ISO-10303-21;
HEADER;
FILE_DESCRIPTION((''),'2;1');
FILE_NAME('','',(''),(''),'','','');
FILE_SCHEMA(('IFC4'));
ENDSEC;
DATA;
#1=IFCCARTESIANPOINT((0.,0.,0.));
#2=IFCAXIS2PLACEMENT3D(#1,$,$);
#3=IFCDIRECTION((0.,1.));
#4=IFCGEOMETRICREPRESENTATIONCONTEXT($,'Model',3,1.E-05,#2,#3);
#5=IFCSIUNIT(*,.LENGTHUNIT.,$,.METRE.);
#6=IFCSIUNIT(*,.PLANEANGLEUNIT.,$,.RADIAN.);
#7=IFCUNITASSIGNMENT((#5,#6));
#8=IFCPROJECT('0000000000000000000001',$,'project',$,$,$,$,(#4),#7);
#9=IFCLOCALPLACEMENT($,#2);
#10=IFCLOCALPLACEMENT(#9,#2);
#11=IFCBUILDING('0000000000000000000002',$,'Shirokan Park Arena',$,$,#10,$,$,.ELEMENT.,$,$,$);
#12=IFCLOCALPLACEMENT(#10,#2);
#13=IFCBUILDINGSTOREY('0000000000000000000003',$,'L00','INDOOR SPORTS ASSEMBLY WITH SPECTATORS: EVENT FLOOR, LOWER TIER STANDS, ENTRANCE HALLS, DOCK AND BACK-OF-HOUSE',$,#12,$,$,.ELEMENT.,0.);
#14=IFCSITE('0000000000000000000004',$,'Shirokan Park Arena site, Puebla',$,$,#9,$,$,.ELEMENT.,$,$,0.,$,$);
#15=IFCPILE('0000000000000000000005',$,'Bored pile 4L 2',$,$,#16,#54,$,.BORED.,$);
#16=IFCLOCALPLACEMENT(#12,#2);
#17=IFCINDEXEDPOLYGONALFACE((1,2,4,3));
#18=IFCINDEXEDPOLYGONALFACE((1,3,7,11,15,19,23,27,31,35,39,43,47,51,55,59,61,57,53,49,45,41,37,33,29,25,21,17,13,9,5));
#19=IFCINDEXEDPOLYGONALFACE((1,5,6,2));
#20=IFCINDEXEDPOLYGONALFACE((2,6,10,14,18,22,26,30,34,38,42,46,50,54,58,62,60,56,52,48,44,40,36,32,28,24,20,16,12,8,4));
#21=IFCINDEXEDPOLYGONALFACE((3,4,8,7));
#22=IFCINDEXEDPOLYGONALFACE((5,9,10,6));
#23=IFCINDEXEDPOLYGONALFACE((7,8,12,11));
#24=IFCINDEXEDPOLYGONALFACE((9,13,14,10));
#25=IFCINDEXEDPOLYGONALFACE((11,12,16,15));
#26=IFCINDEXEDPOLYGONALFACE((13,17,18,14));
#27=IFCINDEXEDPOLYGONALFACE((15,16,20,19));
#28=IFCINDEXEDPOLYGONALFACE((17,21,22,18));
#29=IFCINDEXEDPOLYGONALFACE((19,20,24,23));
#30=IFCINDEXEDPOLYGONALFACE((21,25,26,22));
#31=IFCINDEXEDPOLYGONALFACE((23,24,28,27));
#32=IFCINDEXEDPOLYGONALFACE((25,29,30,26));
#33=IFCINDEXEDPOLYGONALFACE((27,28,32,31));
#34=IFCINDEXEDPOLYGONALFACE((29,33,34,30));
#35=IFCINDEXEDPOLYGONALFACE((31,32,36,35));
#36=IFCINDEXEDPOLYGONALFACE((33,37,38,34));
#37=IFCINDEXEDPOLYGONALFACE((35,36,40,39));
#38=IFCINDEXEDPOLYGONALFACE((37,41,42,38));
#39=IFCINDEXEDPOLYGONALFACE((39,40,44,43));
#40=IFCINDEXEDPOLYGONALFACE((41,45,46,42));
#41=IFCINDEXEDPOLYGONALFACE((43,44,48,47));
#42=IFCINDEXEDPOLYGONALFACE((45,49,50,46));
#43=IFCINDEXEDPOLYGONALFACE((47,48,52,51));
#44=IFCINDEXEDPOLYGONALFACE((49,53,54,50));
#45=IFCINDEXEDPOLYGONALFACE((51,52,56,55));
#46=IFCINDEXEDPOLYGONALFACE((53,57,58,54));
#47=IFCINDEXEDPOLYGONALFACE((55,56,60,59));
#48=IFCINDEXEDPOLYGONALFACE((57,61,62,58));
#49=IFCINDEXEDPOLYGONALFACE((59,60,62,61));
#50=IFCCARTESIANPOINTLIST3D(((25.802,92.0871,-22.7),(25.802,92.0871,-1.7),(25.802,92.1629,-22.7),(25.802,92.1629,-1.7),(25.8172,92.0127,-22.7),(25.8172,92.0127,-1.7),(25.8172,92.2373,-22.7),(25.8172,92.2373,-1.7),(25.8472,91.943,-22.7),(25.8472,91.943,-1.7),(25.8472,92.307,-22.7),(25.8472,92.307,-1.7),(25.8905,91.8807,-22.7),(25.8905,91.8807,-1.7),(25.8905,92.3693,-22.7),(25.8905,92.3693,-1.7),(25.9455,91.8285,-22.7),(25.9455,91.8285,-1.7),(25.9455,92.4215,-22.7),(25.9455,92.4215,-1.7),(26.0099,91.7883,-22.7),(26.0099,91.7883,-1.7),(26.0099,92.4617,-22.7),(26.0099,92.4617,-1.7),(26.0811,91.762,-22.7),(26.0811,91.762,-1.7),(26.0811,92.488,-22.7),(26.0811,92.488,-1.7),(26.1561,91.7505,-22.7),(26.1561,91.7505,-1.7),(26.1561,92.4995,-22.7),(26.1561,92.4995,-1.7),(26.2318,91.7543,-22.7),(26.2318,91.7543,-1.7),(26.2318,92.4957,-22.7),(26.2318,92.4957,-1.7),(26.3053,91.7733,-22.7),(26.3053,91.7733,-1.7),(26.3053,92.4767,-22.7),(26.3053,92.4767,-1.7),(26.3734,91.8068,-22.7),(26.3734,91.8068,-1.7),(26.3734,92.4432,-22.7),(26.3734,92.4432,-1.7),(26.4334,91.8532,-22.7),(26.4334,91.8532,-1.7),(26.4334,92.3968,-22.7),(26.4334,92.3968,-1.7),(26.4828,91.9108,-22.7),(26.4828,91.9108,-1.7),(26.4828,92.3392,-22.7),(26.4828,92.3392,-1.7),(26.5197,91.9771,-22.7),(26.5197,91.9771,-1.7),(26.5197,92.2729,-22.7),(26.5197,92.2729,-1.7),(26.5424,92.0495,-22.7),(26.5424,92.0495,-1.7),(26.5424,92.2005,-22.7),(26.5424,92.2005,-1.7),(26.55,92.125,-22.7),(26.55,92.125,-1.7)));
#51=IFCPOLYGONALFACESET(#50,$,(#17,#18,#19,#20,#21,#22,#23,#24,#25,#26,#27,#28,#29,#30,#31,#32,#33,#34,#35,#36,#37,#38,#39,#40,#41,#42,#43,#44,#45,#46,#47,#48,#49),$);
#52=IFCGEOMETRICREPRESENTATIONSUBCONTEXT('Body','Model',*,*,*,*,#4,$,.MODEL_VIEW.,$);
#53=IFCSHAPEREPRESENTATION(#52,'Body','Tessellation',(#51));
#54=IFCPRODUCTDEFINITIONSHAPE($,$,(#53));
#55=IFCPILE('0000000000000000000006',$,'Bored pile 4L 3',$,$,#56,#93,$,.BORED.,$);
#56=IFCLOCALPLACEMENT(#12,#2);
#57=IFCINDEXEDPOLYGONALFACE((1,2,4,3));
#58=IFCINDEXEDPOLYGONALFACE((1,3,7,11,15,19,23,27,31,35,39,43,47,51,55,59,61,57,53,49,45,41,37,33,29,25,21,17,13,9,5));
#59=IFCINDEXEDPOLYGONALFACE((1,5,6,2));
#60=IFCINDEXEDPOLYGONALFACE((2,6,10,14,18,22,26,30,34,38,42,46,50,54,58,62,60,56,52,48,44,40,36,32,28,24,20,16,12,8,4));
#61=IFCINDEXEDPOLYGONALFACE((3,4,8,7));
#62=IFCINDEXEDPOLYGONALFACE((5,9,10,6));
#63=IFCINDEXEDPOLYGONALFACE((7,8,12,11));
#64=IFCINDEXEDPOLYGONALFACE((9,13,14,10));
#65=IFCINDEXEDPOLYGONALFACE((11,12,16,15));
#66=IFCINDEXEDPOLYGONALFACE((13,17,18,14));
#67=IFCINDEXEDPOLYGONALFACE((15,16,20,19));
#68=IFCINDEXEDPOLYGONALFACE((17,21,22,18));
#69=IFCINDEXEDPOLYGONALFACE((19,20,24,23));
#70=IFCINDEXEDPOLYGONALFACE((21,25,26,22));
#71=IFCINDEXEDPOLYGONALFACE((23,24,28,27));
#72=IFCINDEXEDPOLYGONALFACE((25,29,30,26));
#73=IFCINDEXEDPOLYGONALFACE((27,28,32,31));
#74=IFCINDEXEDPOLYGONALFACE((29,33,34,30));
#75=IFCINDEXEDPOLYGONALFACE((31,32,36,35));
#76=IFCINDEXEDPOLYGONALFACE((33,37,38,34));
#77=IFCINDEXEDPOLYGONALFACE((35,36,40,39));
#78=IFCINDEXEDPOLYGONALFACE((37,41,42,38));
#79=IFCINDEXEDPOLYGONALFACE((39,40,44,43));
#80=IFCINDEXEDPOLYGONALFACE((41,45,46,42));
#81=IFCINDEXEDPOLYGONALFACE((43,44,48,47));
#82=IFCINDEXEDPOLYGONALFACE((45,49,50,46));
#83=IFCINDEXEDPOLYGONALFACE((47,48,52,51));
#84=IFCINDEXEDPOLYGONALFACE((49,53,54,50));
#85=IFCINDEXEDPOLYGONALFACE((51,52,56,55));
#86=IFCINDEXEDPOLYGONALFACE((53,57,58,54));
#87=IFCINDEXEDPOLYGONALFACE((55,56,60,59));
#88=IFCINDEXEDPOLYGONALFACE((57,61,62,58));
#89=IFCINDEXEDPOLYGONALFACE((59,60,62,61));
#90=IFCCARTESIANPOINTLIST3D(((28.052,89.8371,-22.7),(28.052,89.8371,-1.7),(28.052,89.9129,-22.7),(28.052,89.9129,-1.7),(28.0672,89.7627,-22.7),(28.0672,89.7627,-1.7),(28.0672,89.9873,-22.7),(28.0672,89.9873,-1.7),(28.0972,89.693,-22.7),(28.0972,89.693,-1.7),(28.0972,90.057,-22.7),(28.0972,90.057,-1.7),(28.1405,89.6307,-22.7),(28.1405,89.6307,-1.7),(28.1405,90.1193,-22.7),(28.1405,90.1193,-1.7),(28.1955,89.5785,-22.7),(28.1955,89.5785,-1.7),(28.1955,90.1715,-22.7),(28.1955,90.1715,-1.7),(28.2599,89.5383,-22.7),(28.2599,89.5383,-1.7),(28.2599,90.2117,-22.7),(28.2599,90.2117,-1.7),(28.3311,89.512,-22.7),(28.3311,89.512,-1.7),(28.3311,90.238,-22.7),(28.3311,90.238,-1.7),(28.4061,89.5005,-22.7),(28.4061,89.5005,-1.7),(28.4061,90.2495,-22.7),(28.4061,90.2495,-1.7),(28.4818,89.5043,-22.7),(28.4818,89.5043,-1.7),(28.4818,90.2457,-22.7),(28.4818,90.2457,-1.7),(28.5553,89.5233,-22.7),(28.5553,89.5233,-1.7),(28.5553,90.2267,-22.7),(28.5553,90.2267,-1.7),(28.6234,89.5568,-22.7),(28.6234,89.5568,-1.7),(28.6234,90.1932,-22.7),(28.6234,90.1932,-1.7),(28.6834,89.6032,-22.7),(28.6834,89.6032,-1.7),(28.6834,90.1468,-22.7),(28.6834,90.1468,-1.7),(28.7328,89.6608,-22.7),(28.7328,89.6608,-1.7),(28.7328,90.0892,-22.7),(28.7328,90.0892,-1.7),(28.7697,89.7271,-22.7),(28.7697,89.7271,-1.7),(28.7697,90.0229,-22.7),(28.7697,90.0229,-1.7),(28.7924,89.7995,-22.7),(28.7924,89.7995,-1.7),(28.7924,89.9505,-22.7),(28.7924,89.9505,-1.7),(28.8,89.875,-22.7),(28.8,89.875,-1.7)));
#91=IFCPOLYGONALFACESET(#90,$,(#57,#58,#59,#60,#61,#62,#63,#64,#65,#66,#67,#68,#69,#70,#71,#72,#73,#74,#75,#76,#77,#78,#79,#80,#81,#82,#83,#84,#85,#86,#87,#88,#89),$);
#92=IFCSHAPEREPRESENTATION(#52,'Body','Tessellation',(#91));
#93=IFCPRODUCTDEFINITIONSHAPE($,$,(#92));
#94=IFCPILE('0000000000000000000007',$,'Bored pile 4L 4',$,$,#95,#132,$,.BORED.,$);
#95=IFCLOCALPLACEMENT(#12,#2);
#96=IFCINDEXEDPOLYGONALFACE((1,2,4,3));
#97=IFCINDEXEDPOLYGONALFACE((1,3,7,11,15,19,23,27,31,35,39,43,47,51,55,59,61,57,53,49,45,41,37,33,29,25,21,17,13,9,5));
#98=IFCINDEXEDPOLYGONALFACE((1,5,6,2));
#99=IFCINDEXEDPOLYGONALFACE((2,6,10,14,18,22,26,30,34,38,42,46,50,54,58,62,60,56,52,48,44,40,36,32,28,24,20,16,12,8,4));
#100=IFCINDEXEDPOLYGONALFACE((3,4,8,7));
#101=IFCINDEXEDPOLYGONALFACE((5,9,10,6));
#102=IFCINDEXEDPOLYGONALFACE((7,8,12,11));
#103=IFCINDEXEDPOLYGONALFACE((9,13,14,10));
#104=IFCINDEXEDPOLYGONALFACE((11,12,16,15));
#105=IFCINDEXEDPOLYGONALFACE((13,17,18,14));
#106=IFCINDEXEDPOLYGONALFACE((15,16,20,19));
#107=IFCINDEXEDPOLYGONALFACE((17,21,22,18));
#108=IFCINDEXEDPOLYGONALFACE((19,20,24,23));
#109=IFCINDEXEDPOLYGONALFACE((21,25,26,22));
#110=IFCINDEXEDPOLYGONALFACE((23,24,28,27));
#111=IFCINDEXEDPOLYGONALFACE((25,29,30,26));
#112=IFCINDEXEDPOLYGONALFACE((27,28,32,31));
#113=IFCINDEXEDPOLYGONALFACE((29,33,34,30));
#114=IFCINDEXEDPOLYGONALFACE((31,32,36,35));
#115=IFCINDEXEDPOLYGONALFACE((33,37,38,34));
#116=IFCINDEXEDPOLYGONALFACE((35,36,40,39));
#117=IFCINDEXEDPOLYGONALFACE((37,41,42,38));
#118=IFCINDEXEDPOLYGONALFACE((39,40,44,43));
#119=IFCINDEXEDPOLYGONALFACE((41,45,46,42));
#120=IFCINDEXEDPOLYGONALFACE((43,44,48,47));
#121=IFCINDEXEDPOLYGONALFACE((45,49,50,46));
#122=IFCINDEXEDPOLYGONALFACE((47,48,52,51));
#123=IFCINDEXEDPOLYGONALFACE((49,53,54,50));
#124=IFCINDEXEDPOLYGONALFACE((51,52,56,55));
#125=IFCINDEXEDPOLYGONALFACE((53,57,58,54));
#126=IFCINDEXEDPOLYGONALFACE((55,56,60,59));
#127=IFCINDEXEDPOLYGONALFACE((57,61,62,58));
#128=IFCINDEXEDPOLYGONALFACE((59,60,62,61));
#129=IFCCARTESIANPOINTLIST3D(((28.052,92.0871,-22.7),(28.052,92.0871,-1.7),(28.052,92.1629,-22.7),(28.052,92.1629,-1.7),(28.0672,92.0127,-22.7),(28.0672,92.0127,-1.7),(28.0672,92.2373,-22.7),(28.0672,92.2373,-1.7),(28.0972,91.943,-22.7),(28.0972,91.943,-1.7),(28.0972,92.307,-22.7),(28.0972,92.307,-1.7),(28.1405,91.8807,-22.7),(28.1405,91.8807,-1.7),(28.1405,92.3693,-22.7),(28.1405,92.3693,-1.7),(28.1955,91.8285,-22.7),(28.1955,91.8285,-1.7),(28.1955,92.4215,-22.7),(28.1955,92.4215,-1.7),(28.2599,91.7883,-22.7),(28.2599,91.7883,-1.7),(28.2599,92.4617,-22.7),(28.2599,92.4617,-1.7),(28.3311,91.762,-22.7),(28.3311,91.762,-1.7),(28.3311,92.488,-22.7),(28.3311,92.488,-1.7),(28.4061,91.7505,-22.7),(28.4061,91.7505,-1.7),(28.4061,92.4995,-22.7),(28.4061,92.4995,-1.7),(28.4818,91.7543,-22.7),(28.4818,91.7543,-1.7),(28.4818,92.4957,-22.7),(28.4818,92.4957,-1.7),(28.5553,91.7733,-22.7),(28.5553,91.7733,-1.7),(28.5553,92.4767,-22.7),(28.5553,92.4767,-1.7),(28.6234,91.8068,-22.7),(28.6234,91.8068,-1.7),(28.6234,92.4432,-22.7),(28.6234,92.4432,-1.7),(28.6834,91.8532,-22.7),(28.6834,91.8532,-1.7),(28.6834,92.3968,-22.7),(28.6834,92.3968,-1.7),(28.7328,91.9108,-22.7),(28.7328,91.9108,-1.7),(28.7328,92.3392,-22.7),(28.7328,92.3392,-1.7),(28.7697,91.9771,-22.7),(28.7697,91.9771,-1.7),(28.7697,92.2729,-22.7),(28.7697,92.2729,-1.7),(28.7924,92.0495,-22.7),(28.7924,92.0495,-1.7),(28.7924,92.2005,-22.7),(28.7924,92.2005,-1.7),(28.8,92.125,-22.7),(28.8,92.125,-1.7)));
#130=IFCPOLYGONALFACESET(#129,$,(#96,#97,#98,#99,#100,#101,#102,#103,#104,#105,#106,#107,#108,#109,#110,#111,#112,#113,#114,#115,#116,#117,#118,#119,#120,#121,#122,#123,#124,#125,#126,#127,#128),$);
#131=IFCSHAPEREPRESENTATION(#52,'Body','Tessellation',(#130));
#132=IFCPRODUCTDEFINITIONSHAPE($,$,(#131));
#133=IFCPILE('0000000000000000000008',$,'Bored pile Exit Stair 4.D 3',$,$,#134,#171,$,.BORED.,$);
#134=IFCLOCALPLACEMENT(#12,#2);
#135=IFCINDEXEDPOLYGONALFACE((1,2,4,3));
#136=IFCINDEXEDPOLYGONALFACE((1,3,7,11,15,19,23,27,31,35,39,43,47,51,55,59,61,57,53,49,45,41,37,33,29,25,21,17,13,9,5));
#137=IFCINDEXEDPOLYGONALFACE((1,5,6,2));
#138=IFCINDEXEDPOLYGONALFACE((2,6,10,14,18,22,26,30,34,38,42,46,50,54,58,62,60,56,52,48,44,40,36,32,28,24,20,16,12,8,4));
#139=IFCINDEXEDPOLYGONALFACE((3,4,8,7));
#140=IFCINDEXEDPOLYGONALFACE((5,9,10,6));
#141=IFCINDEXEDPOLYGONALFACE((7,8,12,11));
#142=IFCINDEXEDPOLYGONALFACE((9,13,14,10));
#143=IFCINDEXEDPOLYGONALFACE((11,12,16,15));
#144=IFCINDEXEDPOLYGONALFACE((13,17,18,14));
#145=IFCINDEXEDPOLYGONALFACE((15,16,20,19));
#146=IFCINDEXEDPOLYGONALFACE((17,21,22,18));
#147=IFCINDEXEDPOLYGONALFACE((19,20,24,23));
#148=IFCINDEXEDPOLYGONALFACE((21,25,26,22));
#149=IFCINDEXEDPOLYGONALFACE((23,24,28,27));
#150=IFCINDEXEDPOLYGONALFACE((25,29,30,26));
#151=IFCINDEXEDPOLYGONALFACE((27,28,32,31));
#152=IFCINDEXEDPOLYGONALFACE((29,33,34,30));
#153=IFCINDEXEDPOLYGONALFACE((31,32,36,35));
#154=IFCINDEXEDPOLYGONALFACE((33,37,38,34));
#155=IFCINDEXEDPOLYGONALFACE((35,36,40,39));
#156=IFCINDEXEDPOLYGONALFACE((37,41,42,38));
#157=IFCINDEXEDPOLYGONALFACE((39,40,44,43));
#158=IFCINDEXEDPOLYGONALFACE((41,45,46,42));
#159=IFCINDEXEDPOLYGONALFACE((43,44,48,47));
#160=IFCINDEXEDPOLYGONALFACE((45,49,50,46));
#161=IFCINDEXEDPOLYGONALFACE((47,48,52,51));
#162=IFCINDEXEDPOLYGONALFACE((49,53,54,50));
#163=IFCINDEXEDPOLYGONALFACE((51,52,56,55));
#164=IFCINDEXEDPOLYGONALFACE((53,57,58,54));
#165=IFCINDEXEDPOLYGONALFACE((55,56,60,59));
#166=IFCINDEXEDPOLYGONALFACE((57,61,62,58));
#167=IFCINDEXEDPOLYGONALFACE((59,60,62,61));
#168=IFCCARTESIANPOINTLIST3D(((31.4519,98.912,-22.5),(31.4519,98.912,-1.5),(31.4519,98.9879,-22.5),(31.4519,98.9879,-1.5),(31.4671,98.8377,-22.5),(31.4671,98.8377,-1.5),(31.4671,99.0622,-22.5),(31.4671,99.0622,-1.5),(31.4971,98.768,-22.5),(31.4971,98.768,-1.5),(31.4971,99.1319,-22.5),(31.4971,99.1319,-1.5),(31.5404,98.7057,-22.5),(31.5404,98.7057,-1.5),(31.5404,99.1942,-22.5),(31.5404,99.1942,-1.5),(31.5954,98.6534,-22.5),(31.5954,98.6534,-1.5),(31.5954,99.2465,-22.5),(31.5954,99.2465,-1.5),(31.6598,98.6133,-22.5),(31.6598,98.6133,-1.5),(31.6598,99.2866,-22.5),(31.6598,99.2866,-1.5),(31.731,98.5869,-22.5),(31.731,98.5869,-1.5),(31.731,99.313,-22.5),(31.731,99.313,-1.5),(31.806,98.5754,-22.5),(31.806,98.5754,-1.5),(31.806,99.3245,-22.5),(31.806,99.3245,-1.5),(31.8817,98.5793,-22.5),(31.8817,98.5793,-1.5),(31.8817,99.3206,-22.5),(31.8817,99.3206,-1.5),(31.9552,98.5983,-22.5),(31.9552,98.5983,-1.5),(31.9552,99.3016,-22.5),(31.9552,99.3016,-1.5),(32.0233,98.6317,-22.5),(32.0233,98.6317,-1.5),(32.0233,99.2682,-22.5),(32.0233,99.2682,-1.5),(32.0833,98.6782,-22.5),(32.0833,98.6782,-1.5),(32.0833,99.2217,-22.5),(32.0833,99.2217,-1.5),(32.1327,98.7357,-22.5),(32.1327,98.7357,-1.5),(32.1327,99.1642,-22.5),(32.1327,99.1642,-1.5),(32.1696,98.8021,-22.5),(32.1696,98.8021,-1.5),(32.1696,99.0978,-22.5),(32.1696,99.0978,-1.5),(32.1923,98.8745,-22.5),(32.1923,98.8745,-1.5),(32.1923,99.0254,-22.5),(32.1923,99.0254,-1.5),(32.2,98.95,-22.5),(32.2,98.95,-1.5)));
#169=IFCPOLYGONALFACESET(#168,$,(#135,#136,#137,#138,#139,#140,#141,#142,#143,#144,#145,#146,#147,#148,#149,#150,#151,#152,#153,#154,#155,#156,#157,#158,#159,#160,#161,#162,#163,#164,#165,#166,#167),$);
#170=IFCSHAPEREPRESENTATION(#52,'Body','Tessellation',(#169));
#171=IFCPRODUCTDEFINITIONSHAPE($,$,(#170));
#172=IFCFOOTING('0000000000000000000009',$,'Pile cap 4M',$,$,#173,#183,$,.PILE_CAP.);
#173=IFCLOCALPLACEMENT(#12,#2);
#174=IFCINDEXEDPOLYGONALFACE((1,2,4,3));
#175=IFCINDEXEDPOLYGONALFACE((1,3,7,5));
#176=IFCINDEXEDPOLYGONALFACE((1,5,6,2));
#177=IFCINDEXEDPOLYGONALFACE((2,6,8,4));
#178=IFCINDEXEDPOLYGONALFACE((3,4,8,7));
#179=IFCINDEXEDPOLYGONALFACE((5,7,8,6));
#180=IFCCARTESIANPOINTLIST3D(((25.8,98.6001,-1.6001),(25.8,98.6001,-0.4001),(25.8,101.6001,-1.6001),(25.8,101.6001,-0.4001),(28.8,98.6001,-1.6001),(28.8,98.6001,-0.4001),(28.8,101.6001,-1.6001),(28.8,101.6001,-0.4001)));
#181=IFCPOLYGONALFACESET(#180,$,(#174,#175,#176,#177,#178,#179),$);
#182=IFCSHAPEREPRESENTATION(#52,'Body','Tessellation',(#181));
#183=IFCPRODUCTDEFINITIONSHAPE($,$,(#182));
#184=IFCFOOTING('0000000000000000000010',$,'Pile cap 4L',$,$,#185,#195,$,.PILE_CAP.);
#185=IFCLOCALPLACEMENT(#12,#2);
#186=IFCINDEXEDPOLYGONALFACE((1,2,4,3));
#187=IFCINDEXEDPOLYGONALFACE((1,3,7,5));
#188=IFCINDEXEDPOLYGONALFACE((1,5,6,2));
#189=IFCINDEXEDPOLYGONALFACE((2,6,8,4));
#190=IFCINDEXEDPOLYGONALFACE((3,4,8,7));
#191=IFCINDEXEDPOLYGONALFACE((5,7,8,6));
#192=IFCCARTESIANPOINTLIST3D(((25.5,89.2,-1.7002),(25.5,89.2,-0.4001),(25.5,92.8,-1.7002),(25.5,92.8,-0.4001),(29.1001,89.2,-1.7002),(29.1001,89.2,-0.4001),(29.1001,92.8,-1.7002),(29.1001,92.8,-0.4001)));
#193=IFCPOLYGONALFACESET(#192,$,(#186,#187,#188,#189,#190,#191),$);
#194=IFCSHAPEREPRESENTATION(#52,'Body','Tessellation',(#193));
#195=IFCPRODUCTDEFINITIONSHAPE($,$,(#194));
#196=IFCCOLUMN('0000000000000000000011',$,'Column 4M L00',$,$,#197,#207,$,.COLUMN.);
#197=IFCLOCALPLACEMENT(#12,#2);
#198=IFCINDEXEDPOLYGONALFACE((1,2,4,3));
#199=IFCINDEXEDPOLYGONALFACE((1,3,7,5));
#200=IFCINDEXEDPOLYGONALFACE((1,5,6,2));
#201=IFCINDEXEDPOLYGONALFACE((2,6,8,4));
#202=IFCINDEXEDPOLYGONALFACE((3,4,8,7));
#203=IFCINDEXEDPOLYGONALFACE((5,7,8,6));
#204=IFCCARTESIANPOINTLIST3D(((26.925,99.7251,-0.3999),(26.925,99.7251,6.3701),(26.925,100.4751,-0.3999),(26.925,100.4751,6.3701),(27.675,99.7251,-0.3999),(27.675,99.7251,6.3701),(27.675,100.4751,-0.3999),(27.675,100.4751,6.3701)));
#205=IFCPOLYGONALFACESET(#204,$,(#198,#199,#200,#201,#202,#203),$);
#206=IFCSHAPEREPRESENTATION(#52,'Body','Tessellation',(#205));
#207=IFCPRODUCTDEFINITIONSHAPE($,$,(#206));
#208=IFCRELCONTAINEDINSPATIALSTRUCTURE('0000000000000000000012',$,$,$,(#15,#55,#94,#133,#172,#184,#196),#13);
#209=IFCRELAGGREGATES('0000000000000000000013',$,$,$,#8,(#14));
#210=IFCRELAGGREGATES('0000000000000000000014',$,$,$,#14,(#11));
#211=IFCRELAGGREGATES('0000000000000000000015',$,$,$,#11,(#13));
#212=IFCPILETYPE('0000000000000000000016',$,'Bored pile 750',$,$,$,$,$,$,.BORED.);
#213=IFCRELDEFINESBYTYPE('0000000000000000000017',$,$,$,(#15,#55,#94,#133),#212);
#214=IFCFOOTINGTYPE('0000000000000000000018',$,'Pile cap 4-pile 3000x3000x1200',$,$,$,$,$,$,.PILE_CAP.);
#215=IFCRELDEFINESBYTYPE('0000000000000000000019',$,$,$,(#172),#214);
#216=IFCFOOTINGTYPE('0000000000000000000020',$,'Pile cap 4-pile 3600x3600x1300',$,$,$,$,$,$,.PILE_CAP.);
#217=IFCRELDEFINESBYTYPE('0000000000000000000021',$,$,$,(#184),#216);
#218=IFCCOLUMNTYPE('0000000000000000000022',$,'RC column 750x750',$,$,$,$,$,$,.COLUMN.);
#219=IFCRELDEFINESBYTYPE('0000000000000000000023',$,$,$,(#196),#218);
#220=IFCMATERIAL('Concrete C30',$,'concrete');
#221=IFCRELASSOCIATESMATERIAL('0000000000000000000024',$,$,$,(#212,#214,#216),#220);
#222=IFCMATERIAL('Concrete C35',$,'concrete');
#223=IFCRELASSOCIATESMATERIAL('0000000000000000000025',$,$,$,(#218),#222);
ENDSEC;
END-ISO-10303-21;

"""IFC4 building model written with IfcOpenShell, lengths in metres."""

from ifc_helpers import new_model, si_unit, direction, frame, origin, origin_2d, place, context, subcontext, project, spatial, rectangle, circle, extrude, material, material_profile, profile_set, type_object, element, save


model = new_model("IFC4")

# Units and contexts
model_context = context("Model", 3, precision=1e-05, world=origin(), true_north=direction((0.0, 1.0)))
body_context = subcontext(model_context, "Body", "Model", "MODEL_VIEW")
ifc_project = project(units=[si_unit("LENGTHUNIT", "METRE"), si_unit("PLANEANGLEUNIT", "RADIAN")], contexts=[model_context])

# Site, building, storey
site_placement = place(None, origin())
site = spatial("IfcSite", under=ifc_project, at=site_placement, Name="Shirokan Park Arena site, Puebla", CompositionType="ELEMENT", RefElevation=0.0)
building_placement = place(site_placement, origin())
building = spatial("IfcBuilding", under=site, at=building_placement, Name="Shirokan Park Arena", CompositionType="ELEMENT")
storey_placement = place(building_placement, origin())
storey = spatial("IfcBuildingStorey", under=building, at=storey_placement, Name="L00", Description="INDOOR SPORTS ASSEMBLY WITH SPECTATORS: EVENT FLOOR, LOWER TIER STANDS, ENTRANCE HALLS, DOCK AND BACK-OF-HOUSE", CompositionType="ELEMENT", Elevation=0.0)

# Piles
ifc_material_1 = material(Name="Concrete C30", Category="concrete")
ifc_material_profile_1 = material_profile(ifc_material_1, circle(Radius=0.375, at=origin_2d()), Name="D750")
ifc_profile_set_1 = profile_set([ifc_material_profile_1], Name="Concrete C30")
pile_type_1 = type_object("IfcPileType", Name="Bored pile 750", PredefinedType="BORED", material=ifc_profile_set_1)
for number, where, z_axis, x_axis, name in (
    (1, (26.175, 92.125, -1.7), (0.0, 0.0, -1.0), (1.0, 0.0, 0.0), "Bored pile 4L 2"),
    (2, (28.425, 89.875, -1.7), (0.0, 0.0, -1.0), (1.0, 0.0, 0.0), "Bored pile 4L 3"),
    (3, (28.425, 92.125, -1.7), (0.0, 0.0, -1.0), (1.0, 0.0, 0.0), "Bored pile 4L 4"),
    (4, (31.825, 98.95, -1.5), (0.0, 0.0, -1.0), (1.0, 0.0, 0.0), "Bored pile Exit Stair 4.D 3"),
):
    element("IfcPile", number, at=place(storey_placement, frame(where, z_axis=z_axis, x_axis=x_axis)), inside=storey, type_object=pile_type_1, Name=name, PredefinedType="BORED", context=body_context, shape_type="SweptSolid", body=[
        extrude(circle(Radius=0.375, at=origin_2d()), origin(), (0.0, 0.0, 1.0), 21.0),
    ])

# Footings
footing_type_1 = type_object("IfcFootingType", Name="Pile cap 4-pile 3000x3000x1200", PredefinedType="PILE_CAP", material=ifc_material_1)
footing_1_placement = place(storey_placement, frame((27.3, 100.1001, -1.6001), z_axis=(0.0, 0.0, 1.0), x_axis=(1.0, 0.0, 0.0)))
element("IfcFooting", 5, at=footing_1_placement, inside=storey, type_object=footing_type_1, Name="Pile cap 4M", PredefinedType="PILE_CAP", context=body_context, shape_type="SweptSolid", body=[
    extrude(rectangle(XDim=3.0, YDim=3.0, at=origin_2d()), origin(), (0.0, 0.0, 1.0), 1.2),
])
footing_type_2 = type_object("IfcFootingType", Name="Pile cap 4-pile 3600x3600x1300", PredefinedType="PILE_CAP", material=ifc_material_1)
footing_2_placement = place(storey_placement, frame((27.3, 91.0, -1.7002), z_axis=(0.0, 0.0, 1.0), x_axis=(1.0, 0.0, 0.0)))
element("IfcFooting", 6, at=footing_2_placement, inside=storey, type_object=footing_type_2, Name="Pile cap 4L", PredefinedType="PILE_CAP", context=body_context, shape_type="SweptSolid", body=[
    extrude(rectangle(XDim=3.6001, YDim=3.6001, at=origin_2d()), origin(), (0.0, 0.0, 1.0), 1.3),
])

# Column
ifc_material_2 = material(Name="Concrete C35", Category="concrete")
ifc_material_profile_2 = material_profile(ifc_material_2, rectangle(XDim=0.75, YDim=0.75, at=origin_2d()), Name="750x750")
ifc_profile_set_2 = profile_set([ifc_material_profile_2], Name="Concrete C35")
column_type_1 = type_object("IfcColumnType", Name="RC column 750x750", PredefinedType="COLUMN", material=ifc_profile_set_2)
column_1_placement = place(storey_placement, frame((27.3, 100.1001, -0.3999), z_axis=(0.0, 0.0, 1.0), x_axis=(1.0, 0.0, 0.0)))
element("IfcColumn", 7, at=column_1_placement, inside=storey, type_object=column_type_1, Name="Column 4M L00", PredefinedType="COLUMN", context=body_context, shape_type="SweptSolid", body=[
    extrude(rectangle(XDim=0.75, YDim=0.75, at=origin_2d()), origin(), (0.0, 0.0, 1.0), 6.77),
])

save(model, "model.ifc")
